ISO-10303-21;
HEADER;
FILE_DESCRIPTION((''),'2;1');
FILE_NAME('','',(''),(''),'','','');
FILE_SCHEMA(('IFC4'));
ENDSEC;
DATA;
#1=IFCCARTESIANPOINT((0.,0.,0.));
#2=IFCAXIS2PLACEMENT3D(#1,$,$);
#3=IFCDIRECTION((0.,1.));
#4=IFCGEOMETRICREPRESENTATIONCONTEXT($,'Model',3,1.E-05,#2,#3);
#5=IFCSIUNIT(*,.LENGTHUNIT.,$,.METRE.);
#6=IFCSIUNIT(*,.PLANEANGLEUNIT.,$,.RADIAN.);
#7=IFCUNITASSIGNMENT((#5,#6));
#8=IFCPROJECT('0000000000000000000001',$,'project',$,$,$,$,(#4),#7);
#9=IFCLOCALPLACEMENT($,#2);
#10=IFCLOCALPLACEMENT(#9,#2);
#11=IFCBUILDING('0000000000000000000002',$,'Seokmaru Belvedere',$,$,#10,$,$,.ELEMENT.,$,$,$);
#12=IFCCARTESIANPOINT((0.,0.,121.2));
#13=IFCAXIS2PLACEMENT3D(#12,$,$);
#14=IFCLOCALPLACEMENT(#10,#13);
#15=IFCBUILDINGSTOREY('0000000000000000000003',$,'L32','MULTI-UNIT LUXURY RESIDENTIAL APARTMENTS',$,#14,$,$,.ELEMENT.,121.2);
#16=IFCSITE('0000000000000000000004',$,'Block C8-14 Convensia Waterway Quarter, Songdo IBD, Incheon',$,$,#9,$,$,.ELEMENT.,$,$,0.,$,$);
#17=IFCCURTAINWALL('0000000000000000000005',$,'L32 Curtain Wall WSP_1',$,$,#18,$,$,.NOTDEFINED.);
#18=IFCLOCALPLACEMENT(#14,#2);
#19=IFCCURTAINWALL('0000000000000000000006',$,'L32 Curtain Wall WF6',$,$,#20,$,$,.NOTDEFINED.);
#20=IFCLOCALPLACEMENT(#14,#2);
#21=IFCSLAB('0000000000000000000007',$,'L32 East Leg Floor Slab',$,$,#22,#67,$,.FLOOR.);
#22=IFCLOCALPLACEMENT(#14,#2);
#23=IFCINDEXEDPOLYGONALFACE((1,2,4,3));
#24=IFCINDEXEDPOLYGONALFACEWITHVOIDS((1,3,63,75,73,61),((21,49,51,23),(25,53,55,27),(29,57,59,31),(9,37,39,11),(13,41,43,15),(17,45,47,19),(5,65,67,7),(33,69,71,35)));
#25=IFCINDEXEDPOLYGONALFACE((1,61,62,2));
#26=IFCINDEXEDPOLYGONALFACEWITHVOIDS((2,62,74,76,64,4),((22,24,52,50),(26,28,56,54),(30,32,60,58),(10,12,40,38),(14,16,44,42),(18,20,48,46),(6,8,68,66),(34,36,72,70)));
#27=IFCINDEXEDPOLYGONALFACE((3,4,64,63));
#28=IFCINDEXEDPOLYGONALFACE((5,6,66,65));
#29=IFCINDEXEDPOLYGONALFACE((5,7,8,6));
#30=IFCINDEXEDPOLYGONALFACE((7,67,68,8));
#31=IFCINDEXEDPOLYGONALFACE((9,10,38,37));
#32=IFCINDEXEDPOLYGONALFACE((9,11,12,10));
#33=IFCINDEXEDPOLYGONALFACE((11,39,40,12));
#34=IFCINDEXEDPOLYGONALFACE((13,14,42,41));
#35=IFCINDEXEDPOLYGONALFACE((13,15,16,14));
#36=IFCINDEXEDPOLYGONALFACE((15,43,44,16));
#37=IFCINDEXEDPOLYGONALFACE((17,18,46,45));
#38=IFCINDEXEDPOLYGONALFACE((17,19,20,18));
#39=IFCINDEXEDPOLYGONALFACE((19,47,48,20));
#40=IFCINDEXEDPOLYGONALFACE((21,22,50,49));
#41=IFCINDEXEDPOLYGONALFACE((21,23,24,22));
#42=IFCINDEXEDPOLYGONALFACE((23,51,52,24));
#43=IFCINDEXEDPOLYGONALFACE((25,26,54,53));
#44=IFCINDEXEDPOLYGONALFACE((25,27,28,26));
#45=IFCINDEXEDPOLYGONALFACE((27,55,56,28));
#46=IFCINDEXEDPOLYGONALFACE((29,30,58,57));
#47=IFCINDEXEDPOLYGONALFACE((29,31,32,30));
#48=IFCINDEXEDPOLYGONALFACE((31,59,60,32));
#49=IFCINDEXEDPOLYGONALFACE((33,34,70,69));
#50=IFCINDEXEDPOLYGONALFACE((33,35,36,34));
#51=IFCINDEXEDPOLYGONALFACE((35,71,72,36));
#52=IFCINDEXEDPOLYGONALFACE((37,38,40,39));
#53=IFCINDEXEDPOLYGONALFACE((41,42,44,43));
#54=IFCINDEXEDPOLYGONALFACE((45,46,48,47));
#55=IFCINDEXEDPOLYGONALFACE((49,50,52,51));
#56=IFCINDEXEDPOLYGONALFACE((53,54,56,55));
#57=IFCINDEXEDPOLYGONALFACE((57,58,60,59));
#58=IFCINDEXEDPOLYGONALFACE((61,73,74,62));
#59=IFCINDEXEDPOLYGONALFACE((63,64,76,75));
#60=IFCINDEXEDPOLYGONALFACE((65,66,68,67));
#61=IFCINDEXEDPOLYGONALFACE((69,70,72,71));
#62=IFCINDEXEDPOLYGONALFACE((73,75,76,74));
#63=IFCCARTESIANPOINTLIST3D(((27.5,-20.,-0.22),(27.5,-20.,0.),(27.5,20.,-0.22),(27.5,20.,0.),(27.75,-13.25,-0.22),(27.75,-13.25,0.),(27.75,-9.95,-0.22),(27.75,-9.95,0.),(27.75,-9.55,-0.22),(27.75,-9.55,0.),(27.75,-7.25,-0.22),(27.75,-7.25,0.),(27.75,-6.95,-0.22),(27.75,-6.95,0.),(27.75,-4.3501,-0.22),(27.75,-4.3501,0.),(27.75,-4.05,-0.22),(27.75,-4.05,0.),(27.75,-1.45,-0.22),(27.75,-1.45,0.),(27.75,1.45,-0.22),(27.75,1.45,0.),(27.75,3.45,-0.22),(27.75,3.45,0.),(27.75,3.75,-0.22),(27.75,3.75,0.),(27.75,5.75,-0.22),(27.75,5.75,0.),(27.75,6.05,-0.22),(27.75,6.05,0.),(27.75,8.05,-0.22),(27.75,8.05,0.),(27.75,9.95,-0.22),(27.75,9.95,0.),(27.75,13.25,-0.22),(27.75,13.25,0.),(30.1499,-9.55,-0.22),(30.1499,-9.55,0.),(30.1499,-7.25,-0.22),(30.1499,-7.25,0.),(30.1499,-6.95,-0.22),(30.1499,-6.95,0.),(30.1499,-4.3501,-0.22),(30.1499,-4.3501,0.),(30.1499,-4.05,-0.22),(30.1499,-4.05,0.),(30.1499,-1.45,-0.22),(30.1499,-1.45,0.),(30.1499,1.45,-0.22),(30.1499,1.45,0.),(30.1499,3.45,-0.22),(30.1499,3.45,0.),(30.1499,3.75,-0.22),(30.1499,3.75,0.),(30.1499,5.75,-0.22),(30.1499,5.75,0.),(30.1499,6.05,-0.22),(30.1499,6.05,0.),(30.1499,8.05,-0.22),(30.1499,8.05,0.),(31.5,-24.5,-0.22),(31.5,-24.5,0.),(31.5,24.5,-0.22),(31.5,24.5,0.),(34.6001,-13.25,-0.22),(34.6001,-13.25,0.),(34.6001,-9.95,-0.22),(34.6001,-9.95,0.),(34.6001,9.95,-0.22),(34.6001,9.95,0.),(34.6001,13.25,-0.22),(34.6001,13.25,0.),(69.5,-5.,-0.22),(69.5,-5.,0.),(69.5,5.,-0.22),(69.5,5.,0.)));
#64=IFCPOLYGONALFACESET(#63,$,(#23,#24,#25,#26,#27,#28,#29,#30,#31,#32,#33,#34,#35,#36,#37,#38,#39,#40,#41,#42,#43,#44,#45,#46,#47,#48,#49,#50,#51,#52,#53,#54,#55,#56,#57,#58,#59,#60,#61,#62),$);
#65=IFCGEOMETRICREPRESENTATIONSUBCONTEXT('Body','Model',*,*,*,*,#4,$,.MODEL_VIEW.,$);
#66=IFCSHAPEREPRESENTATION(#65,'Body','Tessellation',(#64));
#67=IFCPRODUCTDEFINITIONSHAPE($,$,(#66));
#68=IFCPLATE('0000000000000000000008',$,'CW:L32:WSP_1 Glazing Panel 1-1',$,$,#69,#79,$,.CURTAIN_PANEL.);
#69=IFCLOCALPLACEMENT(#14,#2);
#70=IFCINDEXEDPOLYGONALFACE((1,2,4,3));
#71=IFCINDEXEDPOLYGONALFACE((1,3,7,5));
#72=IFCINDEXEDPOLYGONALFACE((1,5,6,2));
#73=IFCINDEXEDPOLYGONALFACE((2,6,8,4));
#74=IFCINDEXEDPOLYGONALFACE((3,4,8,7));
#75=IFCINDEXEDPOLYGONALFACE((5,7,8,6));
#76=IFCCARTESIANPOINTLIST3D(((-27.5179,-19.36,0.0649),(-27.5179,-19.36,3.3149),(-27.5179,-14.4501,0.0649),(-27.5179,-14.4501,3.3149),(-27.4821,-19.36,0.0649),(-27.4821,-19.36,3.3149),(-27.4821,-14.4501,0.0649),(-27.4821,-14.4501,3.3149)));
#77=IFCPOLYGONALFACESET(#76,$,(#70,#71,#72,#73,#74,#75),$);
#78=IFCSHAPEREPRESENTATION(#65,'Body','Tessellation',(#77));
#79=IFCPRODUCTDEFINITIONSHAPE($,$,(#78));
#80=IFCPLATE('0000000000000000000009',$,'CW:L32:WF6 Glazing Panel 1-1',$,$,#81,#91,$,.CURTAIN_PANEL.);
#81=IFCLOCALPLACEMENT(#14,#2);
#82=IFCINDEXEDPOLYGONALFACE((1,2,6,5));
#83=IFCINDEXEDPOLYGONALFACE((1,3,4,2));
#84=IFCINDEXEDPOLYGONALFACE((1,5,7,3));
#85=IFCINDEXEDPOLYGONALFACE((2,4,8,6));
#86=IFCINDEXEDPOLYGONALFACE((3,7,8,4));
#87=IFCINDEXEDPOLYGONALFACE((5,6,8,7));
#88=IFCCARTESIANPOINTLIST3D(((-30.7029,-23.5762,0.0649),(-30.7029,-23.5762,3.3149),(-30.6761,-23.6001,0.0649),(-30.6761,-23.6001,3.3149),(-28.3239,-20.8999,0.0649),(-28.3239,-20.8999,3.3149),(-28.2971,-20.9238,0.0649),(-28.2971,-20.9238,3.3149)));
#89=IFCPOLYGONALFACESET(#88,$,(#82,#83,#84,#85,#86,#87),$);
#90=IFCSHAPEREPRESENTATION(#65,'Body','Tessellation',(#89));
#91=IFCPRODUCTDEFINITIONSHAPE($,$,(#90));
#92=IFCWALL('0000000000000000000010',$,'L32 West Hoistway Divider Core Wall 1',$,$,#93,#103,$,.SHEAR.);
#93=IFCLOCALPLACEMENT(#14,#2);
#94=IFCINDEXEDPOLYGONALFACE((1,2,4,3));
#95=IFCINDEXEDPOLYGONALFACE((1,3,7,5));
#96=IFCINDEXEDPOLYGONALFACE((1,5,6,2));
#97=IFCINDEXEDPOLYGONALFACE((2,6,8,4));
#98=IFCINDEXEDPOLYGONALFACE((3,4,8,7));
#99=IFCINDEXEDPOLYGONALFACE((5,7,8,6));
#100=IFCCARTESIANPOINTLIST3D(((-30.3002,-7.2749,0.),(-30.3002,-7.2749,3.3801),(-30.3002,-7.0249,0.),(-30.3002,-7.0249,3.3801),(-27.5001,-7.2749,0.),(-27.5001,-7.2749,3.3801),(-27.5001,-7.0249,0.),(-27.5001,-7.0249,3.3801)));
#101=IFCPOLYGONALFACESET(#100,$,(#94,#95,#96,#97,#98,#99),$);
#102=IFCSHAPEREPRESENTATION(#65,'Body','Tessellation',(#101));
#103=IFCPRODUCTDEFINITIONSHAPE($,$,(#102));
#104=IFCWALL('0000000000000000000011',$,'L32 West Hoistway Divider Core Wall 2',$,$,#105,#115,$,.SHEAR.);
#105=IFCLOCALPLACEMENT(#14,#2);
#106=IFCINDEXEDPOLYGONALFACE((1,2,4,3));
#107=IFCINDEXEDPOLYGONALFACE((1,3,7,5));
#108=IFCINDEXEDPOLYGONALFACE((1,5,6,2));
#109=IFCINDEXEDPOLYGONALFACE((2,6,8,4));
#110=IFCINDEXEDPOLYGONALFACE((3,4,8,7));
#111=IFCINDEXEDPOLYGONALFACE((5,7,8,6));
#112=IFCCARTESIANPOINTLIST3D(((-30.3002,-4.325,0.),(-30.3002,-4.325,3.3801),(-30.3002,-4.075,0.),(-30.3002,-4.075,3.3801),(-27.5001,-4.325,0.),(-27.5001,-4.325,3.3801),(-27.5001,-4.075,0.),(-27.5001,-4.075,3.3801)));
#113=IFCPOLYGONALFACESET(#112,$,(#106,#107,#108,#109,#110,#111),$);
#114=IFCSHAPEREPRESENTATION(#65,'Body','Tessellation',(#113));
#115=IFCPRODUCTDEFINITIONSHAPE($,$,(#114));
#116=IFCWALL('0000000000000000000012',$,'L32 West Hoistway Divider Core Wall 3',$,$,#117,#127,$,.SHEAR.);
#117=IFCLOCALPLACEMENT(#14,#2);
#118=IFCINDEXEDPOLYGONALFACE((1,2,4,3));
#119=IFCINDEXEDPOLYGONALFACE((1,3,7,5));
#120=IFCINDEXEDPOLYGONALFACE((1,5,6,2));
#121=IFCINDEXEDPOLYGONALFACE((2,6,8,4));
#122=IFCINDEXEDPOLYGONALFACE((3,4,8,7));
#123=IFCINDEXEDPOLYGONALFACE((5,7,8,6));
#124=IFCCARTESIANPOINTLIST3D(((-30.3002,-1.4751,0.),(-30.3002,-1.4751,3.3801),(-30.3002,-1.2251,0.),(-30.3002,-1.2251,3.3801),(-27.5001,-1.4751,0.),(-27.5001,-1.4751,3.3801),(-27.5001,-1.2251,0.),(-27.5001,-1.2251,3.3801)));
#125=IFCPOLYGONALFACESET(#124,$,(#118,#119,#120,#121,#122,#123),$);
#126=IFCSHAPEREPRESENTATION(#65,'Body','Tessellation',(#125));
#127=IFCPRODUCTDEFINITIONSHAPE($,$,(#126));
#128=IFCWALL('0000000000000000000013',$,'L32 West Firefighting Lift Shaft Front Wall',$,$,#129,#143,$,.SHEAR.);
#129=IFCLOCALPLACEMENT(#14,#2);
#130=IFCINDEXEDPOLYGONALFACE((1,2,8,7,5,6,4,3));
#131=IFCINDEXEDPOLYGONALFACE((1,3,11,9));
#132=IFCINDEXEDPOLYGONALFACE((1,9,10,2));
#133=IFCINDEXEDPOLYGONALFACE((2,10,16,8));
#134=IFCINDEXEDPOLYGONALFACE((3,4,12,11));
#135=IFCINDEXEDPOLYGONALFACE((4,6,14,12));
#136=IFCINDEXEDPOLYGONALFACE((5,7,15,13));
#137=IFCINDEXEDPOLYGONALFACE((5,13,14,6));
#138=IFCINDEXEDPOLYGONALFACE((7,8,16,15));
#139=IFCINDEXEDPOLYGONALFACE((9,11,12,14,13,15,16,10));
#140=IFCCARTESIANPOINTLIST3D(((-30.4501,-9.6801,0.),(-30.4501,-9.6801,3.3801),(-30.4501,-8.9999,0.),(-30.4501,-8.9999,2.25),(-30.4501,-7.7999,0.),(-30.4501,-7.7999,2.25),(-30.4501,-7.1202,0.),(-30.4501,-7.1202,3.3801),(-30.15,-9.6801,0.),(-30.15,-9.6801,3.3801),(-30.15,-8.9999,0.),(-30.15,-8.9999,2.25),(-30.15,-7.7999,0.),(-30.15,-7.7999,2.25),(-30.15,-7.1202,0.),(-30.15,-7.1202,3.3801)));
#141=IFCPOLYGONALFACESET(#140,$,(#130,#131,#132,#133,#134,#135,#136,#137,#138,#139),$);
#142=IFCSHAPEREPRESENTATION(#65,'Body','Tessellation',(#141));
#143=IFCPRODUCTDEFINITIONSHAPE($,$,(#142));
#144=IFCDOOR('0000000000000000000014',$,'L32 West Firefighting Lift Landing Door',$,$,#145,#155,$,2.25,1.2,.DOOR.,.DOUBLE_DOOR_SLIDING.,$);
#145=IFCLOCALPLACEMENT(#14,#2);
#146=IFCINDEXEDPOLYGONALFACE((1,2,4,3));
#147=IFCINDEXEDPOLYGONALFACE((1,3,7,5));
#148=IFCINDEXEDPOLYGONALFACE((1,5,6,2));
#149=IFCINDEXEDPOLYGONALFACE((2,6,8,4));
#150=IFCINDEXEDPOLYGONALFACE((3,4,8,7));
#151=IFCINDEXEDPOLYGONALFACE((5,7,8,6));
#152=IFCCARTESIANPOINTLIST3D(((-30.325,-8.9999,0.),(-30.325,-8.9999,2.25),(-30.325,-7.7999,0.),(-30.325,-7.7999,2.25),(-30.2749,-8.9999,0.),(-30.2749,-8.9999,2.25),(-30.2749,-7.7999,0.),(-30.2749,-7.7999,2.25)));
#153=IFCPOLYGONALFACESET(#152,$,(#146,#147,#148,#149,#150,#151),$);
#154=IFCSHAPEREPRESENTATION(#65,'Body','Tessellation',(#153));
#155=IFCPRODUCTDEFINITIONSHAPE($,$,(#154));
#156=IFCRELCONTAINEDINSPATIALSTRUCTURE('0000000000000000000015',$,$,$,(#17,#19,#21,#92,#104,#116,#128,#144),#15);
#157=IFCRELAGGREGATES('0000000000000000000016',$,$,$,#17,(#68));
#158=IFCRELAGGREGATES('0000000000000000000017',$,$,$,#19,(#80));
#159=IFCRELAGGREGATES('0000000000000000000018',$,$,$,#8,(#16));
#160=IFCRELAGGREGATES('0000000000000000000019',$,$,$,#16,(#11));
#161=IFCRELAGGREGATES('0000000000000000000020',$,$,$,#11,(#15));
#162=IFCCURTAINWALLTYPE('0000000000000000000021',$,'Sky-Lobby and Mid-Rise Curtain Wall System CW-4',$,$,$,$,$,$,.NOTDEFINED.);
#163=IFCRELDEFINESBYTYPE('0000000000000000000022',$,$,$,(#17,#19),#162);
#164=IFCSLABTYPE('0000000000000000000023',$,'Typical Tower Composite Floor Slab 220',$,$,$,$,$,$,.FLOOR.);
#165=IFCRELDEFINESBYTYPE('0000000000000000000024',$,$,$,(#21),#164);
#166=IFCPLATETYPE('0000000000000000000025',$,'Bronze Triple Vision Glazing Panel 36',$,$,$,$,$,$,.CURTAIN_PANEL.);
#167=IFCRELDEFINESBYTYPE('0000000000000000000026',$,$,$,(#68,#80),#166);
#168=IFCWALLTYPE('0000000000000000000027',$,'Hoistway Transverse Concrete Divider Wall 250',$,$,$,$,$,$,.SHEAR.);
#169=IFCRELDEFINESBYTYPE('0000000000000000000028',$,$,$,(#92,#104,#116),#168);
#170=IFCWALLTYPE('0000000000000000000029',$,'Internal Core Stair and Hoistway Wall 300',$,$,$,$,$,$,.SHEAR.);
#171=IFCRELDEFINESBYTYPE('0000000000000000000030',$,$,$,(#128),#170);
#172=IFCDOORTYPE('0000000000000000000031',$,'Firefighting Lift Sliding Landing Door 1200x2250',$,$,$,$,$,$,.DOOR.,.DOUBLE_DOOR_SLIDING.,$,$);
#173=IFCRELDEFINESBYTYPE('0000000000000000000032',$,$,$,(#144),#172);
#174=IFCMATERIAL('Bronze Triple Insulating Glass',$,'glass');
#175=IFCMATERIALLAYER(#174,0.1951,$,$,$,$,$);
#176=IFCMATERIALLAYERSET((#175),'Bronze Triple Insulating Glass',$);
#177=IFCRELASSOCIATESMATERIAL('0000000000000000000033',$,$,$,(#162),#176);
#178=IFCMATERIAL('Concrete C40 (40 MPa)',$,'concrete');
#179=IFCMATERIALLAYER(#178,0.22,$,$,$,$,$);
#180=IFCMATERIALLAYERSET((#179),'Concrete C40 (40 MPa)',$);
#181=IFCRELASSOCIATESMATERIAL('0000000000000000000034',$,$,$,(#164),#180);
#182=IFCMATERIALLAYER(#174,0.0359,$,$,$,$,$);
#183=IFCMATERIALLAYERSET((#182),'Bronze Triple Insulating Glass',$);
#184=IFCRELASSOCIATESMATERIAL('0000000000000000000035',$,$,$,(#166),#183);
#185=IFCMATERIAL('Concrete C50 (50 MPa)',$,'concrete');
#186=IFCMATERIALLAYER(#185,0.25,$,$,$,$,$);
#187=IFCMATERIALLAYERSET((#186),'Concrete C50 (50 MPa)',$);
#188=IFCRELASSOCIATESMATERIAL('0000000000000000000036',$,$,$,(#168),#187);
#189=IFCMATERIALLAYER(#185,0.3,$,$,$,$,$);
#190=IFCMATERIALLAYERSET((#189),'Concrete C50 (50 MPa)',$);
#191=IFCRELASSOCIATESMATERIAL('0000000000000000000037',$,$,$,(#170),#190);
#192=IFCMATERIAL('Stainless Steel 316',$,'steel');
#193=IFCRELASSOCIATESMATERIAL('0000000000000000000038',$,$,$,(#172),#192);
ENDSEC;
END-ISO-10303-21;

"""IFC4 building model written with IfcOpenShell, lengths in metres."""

from ifc_helpers import new_model, si_unit, direction, frame, frame_2d, origin, origin_2d, place, context, subcontext, project, spatial, polyline, rectangle, outline, extrude, source, transform, mapped, material, layer, layer_set, type_object, type_shapes, element, fill, aggregate, save


model = new_model("IFC4")

# Units and contexts
model_context = context("Model", 3, precision=1e-05, world=origin(), true_north=direction((0.0, 1.0)))
body_context = subcontext(model_context, "Body", "Model", "MODEL_VIEW")
ifc_project = project(units=[si_unit("LENGTHUNIT", "METRE"), si_unit("PLANEANGLEUNIT", "RADIAN")], contexts=[model_context])

# Site, building, storey
site_placement = place(None, origin())
site = spatial("IfcSite", under=ifc_project, at=site_placement, Name="Block C8-14 Convensia Waterway Quarter, Songdo IBD, Incheon", CompositionType="ELEMENT", RefElevation=0.0)
building_placement = place(site_placement, origin())
building = spatial("IfcBuilding", under=site, at=building_placement, Name="Seokmaru Belvedere", CompositionType="ELEMENT")
storey_placement = place(building_placement, frame((0.0, 0.0, 121.2)))
storey = spatial("IfcBuildingStorey", under=building, at=storey_placement, Name="L32", Description="MULTI-UNIT LUXURY RESIDENTIAL APARTMENTS", CompositionType="ELEMENT", Elevation=121.2)

# Curtain walls
ifc_material_1 = material(Name="Bronze Triple Insulating Glass", Category="glass")
ifc_layer_1 = layer(ifc_material_1, 0.1951)
ifc_layer_set_1 = layer_set([ifc_layer_1], Name="Bronze Triple Insulating Glass")
curtain_wall_type = type_object("IfcCurtainWallType", Name="Sky-Lobby and Mid-Rise Curtain Wall System CW-4", PredefinedType="NOTDEFINED", material=ifc_layer_set_1)
curtain_wall_1_placement = place(storey_placement, origin())
curtain_wall_1 = element("IfcCurtainWall", 1, at=curtain_wall_1_placement, inside=storey, type_object=curtain_wall_type, Name="L32 Curtain Wall WSP_1", PredefinedType="NOTDEFINED")
curtain_wall_2_placement = place(storey_placement, origin())
curtain_wall_2 = element("IfcCurtainWall", 2, at=curtain_wall_2_placement, inside=storey, type_object=curtain_wall_type, Name="L32 Curtain Wall WF6", PredefinedType="NOTDEFINED")

# Slab
ifc_material_2 = material(Name="Concrete C40 (40 MPa)", Category="concrete")
ifc_layer_2 = layer(ifc_material_2, 0.22)
ifc_layer_set_2 = layer_set([ifc_layer_2], Name="Concrete C40 (40 MPa)")
slab_type = type_object("IfcSlabType", Name="Typical Tower Composite Floor Slab 220", PredefinedType="FLOOR", material=ifc_layer_set_2)
slab_1_placement = place(storey_placement, frame((0.0, 0.0, -0.22)))
element("IfcSlab", 3, at=slab_1_placement, inside=storey, type_object=slab_type, Name="L32 East Leg Floor Slab", PredefinedType="FLOOR", context=body_context, shape_type="SweptSolid", body=[
    extrude(outline(polyline([(31.5, -24.5), (69.5, -5.0), (69.5, 5.0), (31.5, 24.5), (27.5, 20.0), (27.5, -20.0), (31.5, -24.5)]), holes=[polyline([(27.75, -13.25), (34.6001, -13.25), (34.6001, -9.95), (27.75, -9.95), (27.75, -13.25)]), polyline([(27.75, 9.95), (34.6001, 9.95), (34.6001, 13.25), (27.75, 13.25), (27.75, 9.95)]), polyline([(27.75, -9.55), (30.1499, -9.55), (30.1499, -7.25), (27.75, -7.25), (27.75, -9.55)]), polyline([(27.75, -6.95), (30.1499, -6.95), (30.1499, -4.3501), (27.75, -4.3501), (27.75, -6.95)]), polyline([(27.75, -4.05), (30.1499, -4.05), (30.1499, -1.45), (27.75, -1.45), (27.75, -4.05)]), polyline([(27.75, 1.45), (30.1499, 1.45), (30.1499, 3.45), (27.75, 3.45), (27.75, 1.45)]), polyline([(27.75, 3.75), (30.1499, 3.75), (30.1499, 5.75), (27.75, 5.75), (27.75, 3.75)]), polyline([(27.75, 6.05), (30.1499, 6.05), (30.1499, 8.05), (27.75, 8.05), (27.75, 6.05)])]), origin(), (0.0, 0.0, 1.0), 0.22),
])

# Plates
ifc_layer_3 = layer(ifc_material_1, 0.0359)
ifc_layer_set_3 = layer_set([ifc_layer_3], Name="Bronze Triple Insulating Glass")
plate_type = type_object("IfcPlateType", Name="Bronze Triple Vision Glazing Panel 36", PredefinedType="CURTAIN_PANEL", material=ifc_layer_set_3)
shared_shape_1 = source(origin(), body_context, "Body", "SweptSolid", [
    extrude(rectangle(XDim=4.9099, YDim=0.0359, at=origin_2d()), origin(), (0.0, 0.0, 1.0), 3.25),
])
plate_1_placement = place(storey_placement, frame((-27.5, -16.905, 0.0649), z_axis=(0.0, 0.0, 1.0), x_axis=(0.0, 1.0, 0.0)))
plate_1 = element("IfcPlate", 4, at=plate_1_placement, type_object=plate_type, Name="CW:L32:WSP_1 Glazing Panel 1-1", PredefinedType="CURTAIN_PANEL", context=body_context, shape_type="MappedRepresentation", body=[
    mapped(shared_shape_1, transform((0.0, 0.0, 0.0), scale=1.0)),
])
aggregate(curtain_wall_1, [plate_1])
shared_shape_2 = source(origin(), body_context, "Body", "SweptSolid", [
    extrude(rectangle(XDim=3.5808, YDim=0.0359, at=origin_2d()), origin(), (0.0, 0.0, 1.0), 3.25),
])
type_shapes(plate_type, [shared_shape_1, shared_shape_2])
plate_2_placement = place(storey_placement, frame((-29.5, -22.25, 0.0649), z_axis=(0.0, 0.0, 1.0), x_axis=(0.664363, 0.74741, 0.0)))
plate_2 = element("IfcPlate", 5, at=plate_2_placement, type_object=plate_type, Name="CW:L32:WF6 Glazing Panel 1-1", PredefinedType="CURTAIN_PANEL", context=body_context, shape_type="MappedRepresentation", body=[
    mapped(shared_shape_2, transform((0.0, 0.0, 0.0), scale=1.0)),
])
aggregate(curtain_wall_2, [plate_2])

# Walls
ifc_material_3 = material(Name="Concrete C50 (50 MPa)", Category="concrete")
ifc_layer_4 = layer(ifc_material_3, 0.25)
ifc_layer_set_4 = layer_set([ifc_layer_4], Name="Concrete C50 (50 MPa)")
wall_type_1 = type_object("IfcWallType", Name="Hoistway Transverse Concrete Divider Wall 250", PredefinedType="SHEAR", material=ifc_layer_set_4)
for number, where, z_axis, x_axis, name in (
    (6, (-30.3, -7.1499, 0.0), (0.0, 0.0, 1.0), (1.0, 0.0, 0.0), "L32 West Hoistway Divider Core Wall 1"),
    (7, (-30.3, -4.2, 0.0), (0.0, 0.0, 1.0), (1.0, 0.0, 0.0), "L32 West Hoistway Divider Core Wall 2"),
    (8, (-30.3, -1.3501, 0.0), (0.0, 0.0, 1.0), (1.0, 0.0, 0.0), "L32 West Hoistway Divider Core Wall 3"),
):
    element("IfcWall", number, at=place(storey_placement, frame(where, z_axis=z_axis, x_axis=x_axis)), inside=storey, type_object=wall_type_1, Name=name, PredefinedType="SHEAR", context=body_context, shape_type="SweptSolid", body=[
        extrude(rectangle(XDim=2.8, YDim=0.25, at=frame_2d((1.3999, 0.0))), origin(), (0.0, 0.0, 1.0), 3.3801),
    ])

# Wall, opening, door
ifc_layer_5 = layer(ifc_material_3, 0.3)
ifc_layer_set_5 = layer_set([ifc_layer_5], Name="Concrete C50 (50 MPa)")
wall_type_2 = type_object("IfcWallType", Name="Internal Core Stair and Hoistway Wall 300", PredefinedType="SHEAR", material=ifc_layer_set_5)
wall_1_placement = place(storey_placement, frame((-30.3, -9.6799, 0.0), z_axis=(0.0, 0.0, 1.0), x_axis=(0.0, 1.0, 0.0)))
wall_1 = element("IfcWall", 9, at=wall_1_placement, inside=storey, type_object=wall_type_2, Name="L32 West Firefighting Lift Shaft Front Wall", PredefinedType="SHEAR", context=body_context, shape_type="SweptSolid", body=[
    extrude(rectangle(XDim=2.5598, YDim=0.3, at=frame_2d((1.2798, 0.0))), origin(), (0.0, 0.0, 1.0), 3.3801),
])
opening_1_placement = place(wall_1_placement, frame((0.6799, 0.0, 0.0)))
opening_1 = element("IfcOpeningElement", 10, at=opening_1_placement, cuts=wall_1, PredefinedType="OPENING", context=body_context, shape_type="SweptSolid", body=[
    extrude(rectangle(XDim=1.2, YDim=2.25, at=frame_2d((0.6001, 1.125))), frame((0.0, 0.1602, 0.0), z_axis=(0.0, -1.0, 0.0), x_axis=(1.0, 0.0, 0.0)), (0.0, 0.0, 1.0), 0.3201),
])
ifc_material_4 = material(Name="Stainless Steel 316", Category="steel")
door_type_1 = type_object("IfcDoorType", Name="Firefighting Lift Sliding Landing Door 1200x2250", OperationType="DOUBLE_DOOR_SLIDING", PredefinedType="DOOR", material=ifc_material_4)
shared_shape_3 = source(origin(), body_context, "Body", "SweptSolid", [
    extrude(rectangle(XDim=1.2, YDim=2.25, at=frame_2d((0.6001, 1.125))), frame((0.0, 0.0249, 0.0), z_axis=(0.0, -1.0, 0.0), x_axis=(1.0, 0.0, 0.0)), (0.0, 0.0, 1.0), 0.05),
])
type_shapes(door_type_1, [shared_shape_3])
door_1_placement = place(opening_1_placement, origin())
door_1 = element("IfcDoor", 11, at=door_1_placement, inside=storey, type_object=door_type_1, Name="L32 West Firefighting Lift Landing Door", OperationType="DOUBLE_DOOR_SLIDING", OverallHeight=2.25, OverallWidth=1.2, PredefinedType="DOOR", context=body_context, shape_type="MappedRepresentation", body=[
    mapped(shared_shape_3, transform((0.0, 0.0, 0.0), scale=1.0)),
])
fill(opening_1, door_1)

save(model, "model.ifc")
